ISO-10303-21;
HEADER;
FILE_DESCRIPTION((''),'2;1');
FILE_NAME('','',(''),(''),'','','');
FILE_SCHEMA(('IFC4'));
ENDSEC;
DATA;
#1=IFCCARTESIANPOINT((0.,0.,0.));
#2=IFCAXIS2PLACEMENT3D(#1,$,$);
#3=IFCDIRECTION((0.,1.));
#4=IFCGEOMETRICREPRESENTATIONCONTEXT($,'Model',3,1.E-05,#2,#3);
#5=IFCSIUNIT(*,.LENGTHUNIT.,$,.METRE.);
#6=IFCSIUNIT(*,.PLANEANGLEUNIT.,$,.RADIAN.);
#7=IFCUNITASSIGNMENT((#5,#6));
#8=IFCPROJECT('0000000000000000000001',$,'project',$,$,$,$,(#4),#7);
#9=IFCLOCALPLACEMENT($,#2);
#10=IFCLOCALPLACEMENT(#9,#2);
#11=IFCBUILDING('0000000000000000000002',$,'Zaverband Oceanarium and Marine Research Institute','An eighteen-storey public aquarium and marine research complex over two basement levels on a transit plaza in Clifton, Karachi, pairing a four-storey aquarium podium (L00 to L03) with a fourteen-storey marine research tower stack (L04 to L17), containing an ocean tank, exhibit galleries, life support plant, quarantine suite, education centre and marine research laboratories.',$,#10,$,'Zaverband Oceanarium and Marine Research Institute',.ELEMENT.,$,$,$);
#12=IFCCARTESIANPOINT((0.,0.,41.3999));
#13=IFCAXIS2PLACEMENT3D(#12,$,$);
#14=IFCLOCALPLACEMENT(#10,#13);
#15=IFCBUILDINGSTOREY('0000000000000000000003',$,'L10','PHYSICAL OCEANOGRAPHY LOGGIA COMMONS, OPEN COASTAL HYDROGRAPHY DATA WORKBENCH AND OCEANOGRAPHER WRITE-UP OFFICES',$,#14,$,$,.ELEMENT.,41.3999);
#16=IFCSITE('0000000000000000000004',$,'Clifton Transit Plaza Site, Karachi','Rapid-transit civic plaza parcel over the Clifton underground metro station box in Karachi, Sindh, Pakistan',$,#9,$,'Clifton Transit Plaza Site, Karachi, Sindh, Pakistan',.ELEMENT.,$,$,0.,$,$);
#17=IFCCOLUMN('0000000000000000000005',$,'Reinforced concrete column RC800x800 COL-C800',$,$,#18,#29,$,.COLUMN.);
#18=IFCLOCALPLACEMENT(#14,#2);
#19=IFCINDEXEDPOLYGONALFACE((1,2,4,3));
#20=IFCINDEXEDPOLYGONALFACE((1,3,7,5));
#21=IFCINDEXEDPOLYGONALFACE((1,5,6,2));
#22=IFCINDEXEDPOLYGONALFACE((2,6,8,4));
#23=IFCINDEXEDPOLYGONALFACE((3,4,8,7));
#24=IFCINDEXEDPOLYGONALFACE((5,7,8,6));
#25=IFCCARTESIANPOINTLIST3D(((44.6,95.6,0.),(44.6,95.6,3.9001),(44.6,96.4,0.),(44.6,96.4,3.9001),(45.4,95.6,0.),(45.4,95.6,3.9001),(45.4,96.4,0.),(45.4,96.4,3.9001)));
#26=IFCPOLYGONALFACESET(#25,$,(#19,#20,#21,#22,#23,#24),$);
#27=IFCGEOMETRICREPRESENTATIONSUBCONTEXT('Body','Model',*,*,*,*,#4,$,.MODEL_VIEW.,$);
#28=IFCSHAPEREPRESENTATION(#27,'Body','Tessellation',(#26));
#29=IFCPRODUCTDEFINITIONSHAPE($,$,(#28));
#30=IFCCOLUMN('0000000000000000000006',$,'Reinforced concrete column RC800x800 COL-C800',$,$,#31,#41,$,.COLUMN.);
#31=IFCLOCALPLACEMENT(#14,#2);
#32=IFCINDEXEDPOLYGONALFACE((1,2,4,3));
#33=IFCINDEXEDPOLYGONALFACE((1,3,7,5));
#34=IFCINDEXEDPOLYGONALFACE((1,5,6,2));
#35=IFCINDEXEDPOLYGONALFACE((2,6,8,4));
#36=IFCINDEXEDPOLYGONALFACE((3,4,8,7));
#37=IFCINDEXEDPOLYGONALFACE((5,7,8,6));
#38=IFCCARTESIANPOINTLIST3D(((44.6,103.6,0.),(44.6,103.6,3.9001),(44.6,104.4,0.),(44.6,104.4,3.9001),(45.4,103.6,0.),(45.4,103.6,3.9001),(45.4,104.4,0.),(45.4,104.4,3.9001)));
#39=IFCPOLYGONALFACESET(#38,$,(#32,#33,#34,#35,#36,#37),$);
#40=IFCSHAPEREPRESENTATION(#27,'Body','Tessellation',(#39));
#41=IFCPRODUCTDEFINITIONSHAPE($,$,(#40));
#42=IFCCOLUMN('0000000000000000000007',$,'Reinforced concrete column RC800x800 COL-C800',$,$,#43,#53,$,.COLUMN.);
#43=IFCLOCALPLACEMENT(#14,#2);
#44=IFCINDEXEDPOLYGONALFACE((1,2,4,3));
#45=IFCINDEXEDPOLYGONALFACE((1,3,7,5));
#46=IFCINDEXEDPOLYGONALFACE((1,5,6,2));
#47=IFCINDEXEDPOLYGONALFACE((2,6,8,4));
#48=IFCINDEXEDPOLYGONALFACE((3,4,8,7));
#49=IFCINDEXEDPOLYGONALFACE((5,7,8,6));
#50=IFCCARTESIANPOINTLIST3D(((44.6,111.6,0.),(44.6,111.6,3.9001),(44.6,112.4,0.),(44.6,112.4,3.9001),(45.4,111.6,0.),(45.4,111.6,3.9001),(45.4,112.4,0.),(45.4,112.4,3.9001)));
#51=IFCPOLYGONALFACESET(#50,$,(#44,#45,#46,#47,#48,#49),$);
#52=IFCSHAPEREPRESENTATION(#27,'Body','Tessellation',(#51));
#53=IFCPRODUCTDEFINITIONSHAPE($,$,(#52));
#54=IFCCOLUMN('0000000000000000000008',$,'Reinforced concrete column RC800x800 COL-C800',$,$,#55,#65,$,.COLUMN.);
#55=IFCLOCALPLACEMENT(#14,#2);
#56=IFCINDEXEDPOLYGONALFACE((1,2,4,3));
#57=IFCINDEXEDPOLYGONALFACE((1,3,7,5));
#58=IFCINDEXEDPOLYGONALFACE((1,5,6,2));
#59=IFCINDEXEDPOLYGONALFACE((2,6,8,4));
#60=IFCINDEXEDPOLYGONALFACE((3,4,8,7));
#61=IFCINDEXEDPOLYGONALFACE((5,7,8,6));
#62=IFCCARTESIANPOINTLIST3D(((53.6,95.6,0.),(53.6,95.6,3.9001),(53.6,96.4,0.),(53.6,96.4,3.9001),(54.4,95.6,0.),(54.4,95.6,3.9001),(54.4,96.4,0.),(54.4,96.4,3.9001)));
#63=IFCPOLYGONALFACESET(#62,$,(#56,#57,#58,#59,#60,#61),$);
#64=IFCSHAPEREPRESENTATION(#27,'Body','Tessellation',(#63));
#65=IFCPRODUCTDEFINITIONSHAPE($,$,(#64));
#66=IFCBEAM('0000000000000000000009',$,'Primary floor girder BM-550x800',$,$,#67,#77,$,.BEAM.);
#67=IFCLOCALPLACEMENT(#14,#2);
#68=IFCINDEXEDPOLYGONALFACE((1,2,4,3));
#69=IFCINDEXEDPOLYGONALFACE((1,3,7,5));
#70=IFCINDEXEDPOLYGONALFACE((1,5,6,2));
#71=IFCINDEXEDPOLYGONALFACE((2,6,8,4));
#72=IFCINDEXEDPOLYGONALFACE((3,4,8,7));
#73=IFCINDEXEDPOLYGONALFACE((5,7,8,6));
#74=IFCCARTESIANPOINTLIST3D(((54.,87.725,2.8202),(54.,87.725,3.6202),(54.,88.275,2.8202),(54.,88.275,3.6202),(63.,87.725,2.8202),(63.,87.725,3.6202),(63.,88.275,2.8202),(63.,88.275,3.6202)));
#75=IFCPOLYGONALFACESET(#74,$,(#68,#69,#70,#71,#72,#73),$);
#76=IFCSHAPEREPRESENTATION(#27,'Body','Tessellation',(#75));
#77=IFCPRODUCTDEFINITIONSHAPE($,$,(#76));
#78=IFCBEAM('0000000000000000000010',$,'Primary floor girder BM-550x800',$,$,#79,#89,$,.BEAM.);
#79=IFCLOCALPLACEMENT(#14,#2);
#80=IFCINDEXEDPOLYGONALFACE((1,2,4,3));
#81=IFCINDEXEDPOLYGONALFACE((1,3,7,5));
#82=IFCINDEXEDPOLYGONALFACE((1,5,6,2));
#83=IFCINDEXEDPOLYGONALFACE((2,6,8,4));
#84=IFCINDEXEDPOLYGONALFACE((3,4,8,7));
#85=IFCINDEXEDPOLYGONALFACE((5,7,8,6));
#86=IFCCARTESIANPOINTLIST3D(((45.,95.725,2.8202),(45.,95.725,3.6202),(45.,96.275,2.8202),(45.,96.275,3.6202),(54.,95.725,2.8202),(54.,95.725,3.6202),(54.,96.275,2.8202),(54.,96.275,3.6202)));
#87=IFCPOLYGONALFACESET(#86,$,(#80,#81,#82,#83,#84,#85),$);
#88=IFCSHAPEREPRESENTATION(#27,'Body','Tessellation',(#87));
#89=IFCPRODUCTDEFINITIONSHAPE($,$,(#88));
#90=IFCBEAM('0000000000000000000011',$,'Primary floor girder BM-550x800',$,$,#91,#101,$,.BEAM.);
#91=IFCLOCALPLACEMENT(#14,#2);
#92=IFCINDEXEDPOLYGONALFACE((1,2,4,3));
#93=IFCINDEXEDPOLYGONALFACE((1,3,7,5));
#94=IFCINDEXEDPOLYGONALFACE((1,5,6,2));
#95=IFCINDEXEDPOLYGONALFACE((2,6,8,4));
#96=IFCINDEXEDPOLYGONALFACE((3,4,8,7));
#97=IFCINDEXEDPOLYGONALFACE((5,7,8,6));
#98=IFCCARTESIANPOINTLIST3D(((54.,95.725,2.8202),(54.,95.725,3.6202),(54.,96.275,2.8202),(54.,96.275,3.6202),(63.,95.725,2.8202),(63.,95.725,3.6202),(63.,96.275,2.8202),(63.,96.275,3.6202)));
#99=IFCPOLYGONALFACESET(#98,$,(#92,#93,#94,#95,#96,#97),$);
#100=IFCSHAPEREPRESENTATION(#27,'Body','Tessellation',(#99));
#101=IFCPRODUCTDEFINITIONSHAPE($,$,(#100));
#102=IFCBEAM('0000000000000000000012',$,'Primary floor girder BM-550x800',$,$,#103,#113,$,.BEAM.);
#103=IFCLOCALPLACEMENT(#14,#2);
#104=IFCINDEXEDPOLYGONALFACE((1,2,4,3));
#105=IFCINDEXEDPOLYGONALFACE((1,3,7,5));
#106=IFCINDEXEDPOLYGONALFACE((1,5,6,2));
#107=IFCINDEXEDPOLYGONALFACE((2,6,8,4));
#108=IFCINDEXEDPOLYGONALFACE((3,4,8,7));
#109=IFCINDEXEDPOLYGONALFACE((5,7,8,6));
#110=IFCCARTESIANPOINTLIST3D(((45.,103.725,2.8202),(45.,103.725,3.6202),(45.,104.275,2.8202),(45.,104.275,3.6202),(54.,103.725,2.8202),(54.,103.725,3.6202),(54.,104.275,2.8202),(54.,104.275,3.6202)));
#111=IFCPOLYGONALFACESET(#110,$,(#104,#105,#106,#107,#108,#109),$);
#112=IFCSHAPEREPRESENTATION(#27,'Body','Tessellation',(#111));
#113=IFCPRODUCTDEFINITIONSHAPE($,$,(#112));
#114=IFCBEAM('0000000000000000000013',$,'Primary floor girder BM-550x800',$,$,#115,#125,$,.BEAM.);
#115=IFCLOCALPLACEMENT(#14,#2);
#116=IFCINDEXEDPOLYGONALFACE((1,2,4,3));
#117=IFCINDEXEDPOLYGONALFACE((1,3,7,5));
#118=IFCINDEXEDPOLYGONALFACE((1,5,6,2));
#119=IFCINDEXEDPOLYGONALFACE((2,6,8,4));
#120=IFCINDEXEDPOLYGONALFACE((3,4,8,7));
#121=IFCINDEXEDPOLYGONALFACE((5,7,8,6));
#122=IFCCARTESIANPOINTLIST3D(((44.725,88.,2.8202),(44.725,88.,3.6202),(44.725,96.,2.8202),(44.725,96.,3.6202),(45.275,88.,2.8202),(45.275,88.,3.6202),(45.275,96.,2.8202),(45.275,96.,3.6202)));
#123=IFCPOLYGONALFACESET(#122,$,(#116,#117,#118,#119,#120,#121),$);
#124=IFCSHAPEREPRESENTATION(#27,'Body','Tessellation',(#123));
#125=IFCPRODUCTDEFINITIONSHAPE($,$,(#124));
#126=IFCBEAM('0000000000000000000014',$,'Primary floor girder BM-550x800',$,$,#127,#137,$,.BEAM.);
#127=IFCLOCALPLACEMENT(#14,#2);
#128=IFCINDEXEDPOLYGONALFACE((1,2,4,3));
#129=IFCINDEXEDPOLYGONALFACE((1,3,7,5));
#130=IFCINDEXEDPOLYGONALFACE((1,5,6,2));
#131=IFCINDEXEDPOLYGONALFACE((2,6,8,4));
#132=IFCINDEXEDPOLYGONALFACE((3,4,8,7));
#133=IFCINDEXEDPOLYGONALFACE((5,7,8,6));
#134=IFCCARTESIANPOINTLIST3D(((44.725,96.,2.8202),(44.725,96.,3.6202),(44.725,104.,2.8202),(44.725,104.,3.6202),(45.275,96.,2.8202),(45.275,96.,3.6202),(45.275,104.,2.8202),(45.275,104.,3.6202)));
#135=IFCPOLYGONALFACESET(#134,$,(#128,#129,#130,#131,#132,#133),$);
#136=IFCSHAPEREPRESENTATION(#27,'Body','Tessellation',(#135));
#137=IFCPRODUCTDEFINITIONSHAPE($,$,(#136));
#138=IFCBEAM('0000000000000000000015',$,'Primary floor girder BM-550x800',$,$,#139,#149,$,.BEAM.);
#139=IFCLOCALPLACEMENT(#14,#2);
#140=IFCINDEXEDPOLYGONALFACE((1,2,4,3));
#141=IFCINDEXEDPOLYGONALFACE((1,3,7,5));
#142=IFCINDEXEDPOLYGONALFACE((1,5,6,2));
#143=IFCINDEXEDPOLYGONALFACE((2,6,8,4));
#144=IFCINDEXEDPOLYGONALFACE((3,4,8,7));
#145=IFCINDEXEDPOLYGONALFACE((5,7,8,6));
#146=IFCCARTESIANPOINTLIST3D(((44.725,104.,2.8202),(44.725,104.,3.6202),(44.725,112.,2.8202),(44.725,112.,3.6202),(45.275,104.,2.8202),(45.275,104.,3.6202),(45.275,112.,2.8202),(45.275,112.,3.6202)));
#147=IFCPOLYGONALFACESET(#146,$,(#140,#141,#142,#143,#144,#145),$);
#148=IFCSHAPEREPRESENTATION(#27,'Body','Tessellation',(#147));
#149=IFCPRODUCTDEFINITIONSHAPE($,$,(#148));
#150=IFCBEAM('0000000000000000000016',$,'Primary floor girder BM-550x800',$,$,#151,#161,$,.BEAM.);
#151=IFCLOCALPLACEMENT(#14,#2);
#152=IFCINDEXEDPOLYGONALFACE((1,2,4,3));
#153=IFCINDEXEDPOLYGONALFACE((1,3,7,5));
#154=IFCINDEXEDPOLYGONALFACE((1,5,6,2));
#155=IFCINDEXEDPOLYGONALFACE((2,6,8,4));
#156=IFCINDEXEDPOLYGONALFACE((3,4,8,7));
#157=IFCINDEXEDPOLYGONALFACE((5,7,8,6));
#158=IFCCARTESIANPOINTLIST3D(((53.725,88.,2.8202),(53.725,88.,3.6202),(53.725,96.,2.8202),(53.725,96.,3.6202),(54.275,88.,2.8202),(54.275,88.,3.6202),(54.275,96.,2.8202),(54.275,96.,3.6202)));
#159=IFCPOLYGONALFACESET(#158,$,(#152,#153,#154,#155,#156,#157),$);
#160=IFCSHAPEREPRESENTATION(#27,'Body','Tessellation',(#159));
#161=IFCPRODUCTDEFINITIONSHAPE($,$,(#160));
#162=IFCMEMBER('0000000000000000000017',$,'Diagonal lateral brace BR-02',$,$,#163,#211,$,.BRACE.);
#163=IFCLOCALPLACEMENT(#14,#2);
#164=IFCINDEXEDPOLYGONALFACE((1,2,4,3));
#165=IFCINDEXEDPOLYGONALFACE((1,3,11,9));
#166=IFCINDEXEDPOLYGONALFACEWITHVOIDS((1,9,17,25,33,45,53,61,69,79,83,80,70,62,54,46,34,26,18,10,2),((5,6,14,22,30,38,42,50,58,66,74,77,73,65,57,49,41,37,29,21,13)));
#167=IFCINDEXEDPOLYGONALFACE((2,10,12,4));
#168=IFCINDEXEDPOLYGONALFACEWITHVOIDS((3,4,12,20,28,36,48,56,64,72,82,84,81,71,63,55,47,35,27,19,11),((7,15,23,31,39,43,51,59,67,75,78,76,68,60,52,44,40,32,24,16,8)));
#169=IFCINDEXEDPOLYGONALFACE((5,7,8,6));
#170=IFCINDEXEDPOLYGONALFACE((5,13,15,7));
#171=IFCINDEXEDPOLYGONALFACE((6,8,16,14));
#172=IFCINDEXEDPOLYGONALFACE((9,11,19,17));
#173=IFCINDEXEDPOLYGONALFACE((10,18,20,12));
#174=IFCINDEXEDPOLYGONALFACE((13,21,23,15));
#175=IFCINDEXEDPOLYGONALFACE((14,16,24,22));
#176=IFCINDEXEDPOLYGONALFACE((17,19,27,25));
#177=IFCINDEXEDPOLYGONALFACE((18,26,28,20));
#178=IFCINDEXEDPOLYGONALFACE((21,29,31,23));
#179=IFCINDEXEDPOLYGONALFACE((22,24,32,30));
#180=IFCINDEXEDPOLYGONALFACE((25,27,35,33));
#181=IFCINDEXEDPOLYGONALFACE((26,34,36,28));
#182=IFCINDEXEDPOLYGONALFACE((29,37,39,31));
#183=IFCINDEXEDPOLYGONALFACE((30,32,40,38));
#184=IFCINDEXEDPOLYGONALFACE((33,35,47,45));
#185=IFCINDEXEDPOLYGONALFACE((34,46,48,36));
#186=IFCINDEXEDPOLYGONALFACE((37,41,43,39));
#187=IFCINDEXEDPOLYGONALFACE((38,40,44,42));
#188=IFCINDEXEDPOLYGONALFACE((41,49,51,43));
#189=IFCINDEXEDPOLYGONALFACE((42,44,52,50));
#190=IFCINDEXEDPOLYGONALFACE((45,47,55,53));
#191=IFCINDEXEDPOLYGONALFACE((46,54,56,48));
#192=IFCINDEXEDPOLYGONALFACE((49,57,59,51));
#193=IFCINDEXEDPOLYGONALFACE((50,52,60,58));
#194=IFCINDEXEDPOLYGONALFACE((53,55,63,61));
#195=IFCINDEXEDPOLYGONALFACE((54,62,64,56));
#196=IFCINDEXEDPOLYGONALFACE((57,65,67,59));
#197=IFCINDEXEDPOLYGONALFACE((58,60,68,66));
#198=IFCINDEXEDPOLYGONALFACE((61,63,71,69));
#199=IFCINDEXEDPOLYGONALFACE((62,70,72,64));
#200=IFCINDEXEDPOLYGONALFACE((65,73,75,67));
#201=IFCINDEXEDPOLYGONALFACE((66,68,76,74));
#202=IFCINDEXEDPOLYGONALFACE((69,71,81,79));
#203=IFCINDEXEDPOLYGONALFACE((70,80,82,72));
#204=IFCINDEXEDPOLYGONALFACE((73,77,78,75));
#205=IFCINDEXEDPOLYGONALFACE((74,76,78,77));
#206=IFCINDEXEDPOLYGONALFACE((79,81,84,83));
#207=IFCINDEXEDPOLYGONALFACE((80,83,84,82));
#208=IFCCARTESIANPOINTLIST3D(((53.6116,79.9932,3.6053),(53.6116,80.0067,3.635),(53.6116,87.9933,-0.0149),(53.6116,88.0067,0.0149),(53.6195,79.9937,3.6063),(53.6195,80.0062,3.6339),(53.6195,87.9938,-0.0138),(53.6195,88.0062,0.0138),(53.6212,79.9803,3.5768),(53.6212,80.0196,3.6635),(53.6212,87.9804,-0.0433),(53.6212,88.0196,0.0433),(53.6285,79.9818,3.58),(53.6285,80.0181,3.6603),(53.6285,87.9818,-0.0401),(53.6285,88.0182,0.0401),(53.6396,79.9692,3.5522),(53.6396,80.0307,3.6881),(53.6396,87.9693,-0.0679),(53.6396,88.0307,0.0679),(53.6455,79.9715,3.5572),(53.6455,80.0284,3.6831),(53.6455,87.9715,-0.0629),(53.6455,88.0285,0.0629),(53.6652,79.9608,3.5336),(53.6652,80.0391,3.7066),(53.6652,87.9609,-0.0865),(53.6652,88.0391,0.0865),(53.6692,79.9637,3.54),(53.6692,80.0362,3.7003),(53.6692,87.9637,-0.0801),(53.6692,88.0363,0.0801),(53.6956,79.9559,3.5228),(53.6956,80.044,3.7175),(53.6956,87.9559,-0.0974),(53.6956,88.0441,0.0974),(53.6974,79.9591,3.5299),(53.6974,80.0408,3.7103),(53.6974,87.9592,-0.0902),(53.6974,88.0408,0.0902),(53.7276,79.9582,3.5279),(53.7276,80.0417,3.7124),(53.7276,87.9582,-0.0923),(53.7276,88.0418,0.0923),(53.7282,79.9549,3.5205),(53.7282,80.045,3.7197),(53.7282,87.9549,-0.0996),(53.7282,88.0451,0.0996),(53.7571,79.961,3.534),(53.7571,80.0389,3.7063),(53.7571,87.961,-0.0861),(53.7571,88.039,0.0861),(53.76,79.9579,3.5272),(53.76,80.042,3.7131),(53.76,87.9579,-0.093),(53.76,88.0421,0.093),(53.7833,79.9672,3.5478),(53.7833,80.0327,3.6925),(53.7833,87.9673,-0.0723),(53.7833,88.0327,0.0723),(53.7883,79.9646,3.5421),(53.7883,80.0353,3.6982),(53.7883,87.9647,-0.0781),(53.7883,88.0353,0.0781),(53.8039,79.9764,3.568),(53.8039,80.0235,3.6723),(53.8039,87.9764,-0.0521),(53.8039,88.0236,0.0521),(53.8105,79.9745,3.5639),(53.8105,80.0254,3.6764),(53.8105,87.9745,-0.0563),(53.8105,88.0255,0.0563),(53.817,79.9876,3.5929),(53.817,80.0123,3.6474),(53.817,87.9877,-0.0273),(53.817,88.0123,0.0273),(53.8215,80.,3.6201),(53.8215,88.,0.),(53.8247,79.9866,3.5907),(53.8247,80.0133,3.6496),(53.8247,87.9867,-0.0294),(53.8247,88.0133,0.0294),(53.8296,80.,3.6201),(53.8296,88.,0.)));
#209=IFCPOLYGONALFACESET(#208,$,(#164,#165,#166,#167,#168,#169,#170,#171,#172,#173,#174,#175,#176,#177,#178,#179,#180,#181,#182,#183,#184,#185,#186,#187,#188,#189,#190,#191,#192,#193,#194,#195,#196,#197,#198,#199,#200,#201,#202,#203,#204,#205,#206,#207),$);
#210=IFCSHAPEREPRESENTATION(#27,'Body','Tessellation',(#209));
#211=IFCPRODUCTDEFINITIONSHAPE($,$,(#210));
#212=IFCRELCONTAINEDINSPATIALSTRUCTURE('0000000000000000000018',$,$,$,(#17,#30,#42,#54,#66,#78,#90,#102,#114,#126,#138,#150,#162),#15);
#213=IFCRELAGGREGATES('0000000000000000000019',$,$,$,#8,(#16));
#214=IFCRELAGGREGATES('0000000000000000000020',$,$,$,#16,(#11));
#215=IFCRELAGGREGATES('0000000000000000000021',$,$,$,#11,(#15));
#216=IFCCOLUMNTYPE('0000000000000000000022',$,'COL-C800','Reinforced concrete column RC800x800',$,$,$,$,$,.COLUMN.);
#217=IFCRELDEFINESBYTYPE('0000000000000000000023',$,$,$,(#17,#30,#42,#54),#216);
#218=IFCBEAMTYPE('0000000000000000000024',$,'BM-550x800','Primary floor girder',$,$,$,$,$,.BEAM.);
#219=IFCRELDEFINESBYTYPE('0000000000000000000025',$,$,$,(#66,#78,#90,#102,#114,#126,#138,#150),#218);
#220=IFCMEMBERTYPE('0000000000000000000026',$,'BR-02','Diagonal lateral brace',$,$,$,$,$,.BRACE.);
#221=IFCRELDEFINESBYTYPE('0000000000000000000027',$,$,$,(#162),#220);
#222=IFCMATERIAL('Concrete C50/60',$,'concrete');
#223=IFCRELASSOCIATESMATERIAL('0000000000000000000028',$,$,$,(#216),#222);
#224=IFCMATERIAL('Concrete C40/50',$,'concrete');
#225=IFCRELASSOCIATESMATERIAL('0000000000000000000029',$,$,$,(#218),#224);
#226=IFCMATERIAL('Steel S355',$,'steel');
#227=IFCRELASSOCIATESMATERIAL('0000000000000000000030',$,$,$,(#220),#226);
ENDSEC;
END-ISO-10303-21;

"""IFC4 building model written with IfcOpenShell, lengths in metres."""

from ifc_helpers import new_model, si_unit, direction, frame, origin, origin_2d, place, context, subcontext, project, spatial, rectangle, hollow_circle, extrude, material, material_profile, profile_set, type_object, element, save


model = new_model("IFC4")

# Units and contexts
model_context = context("Model", 3, precision=1e-05, world=origin(), true_north=direction((0.0, 1.0)))
body_context = subcontext(model_context, "Body", "Model", "MODEL_VIEW")
ifc_project = project(units=[si_unit("LENGTHUNIT", "METRE"), si_unit("PLANEANGLEUNIT", "RADIAN")], contexts=[model_context])

# Site, building, storey
site_placement = place(None, origin())
site = spatial("IfcSite", under=ifc_project, at=site_placement, Name="Clifton Transit Plaza Site, Karachi", Description="Rapid-transit civic plaza parcel over the Clifton underground metro station box in Karachi, Sindh, Pakistan", LongName="Clifton Transit Plaza Site, Karachi, Sindh, Pakistan", CompositionType="ELEMENT", RefElevation=0.0)
building_placement = place(site_placement, origin())
building = spatial("IfcBuilding", under=site, at=building_placement, Name="Zaverband Oceanarium and Marine Research Institute", Description="An eighteen-storey public aquarium and marine research complex over two basement levels on a transit plaza in Clifton, Karachi, pairing a four-storey aquarium podium (L00 to L03) with a fourteen-storey marine research tower stack (L04 to L17), containing an ocean tank, exhibit galleries, life support plant, quarantine suite, education centre and marine research laboratories.", LongName="Zaverband Oceanarium and Marine Research Institute", CompositionType="ELEMENT")
storey_placement = place(building_placement, frame((0.0, 0.0, 41.3999)))
storey = spatial("IfcBuildingStorey", under=building, at=storey_placement, Name="L10", Description="PHYSICAL OCEANOGRAPHY LOGGIA COMMONS, OPEN COASTAL HYDROGRAPHY DATA WORKBENCH AND OCEANOGRAPHER WRITE-UP OFFICES", CompositionType="ELEMENT", Elevation=41.3999)

# Columns
ifc_material_1 = material(Name="Concrete C50/60", Category="concrete")
ifc_material_profile_1 = material_profile(ifc_material_1, rectangle(XDim=0.8, YDim=0.8, at=origin_2d()), Name="RC800x800")
ifc_profile_set_1 = profile_set([ifc_material_profile_1], Name="Concrete C50/60")
column_type = type_object("IfcColumnType", Name="COL-C800", Description="Reinforced concrete column RC800x800", PredefinedType="COLUMN", material=ifc_profile_set_1)
for number, where, z_axis, x_axis, name in (
    (1, (45.0, 96.0, 0.0), (0.0, 0.0, 1.0), (1.0, 0.0, 0.0), "Reinforced concrete column RC800x800 COL-C800"),
    (2, (45.0, 104.0, 0.0), (0.0, 0.0, 1.0), (1.0, 0.0, 0.0), "Reinforced concrete column RC800x800 COL-C800"),
    (3, (45.0, 112.0, 0.0), (0.0, 0.0, 1.0), (1.0, 0.0, 0.0), "Reinforced concrete column RC800x800 COL-C800"),
    (4, (54.0, 96.0, 0.0), (0.0, 0.0, 1.0), (1.0, 0.0, 0.0), "Reinforced concrete column RC800x800 COL-C800"),
):
    element("IfcColumn", number, at=place(storey_placement, frame(where, z_axis=z_axis, x_axis=x_axis)), inside=storey, type_object=column_type, Name=name, PredefinedType="COLUMN", context=body_context, shape_type="SweptSolid", body=[
        extrude(rectangle(XDim=0.8, YDim=0.8, at=origin_2d()), origin(), (0.0, 0.0, 1.0), 3.9001),
    ])

# Beams
ifc_material_2 = material(Name="Concrete C40/50", Category="concrete")
ifc_material_profile_2 = material_profile(ifc_material_2, rectangle(XDim=0.55, YDim=0.8, at=origin_2d()), Name="RC550x800")
ifc_profile_set_2 = profile_set([ifc_material_profile_2], Name="Concrete C40/50")
beam_type_1 = type_object("IfcBeamType", Name="BM-550x800", Description="Primary floor girder", PredefinedType="BEAM", material=ifc_profile_set_2)
for number, where, z_axis, x_axis, name in (
    (5, (54.0, 88.0, 3.2202), (1.0, 0.0, 0.0), (0.0, 1.0, 0.0), "Primary floor girder BM-550x800"),
    (6, (45.0, 96.0, 3.2202), (1.0, 0.0, 0.0), (0.0, 1.0, 0.0), "Primary floor girder BM-550x800"),
    (7, (54.0, 96.0, 3.2202), (1.0, 0.0, 0.0), (0.0, 1.0, 0.0), "Primary floor girder BM-550x800"),
    (8, (45.0, 104.0, 3.2202), (1.0, 0.0, 0.0), (0.0, 1.0, 0.0), "Primary floor girder BM-550x800"),
):
    element("IfcBeam", number, at=place(storey_placement, frame(where, z_axis=z_axis, x_axis=x_axis)), inside=storey, type_object=beam_type_1, Name=name, PredefinedType="BEAM", context=body_context, shape_type="SweptSolid", body=[
        extrude(rectangle(XDim=0.55, YDim=0.8, at=origin_2d()), origin(), (0.0, 0.0, 1.0), 9.0),
    ])
for number, where, z_axis, x_axis, name in (
    (9, (45.0, 88.0, 3.2202), (0.0, 1.0, 0.0), (-1.0, 0.0, 0.0), "Primary floor girder BM-550x800"),
    (10, (45.0, 96.0, 3.2202), (0.0, 1.0, 0.0), (-1.0, 0.0, 0.0), "Primary floor girder BM-550x800"),
    (11, (45.0, 104.0, 3.2202), (0.0, 1.0, 0.0), (-1.0, 0.0, 0.0), "Primary floor girder BM-550x800"),
    (12, (54.0, 88.0, 3.2202), (0.0, 1.0, 0.0), (-1.0, 0.0, 0.0), "Primary floor girder BM-550x800"),
):
    element("IfcBeam", number, at=place(storey_placement, frame(where, z_axis=z_axis, x_axis=x_axis)), inside=storey, type_object=beam_type_1, Name=name, PredefinedType="BEAM", context=body_context, shape_type="SweptSolid", body=[
        extrude(rectangle(XDim=0.55, YDim=0.8, at=origin_2d()), origin(), (0.0, 0.0, 1.0), 8.0),
    ])

# Member
ifc_material_3 = material(Name="Steel S355", Category="steel")
ifc_material_profile_3 = material_profile(ifc_material_3, hollow_circle(Radius=0.1096, WallThickness=0.0081, at=origin_2d()), Name="CHS219x8")
ifc_profile_set_3 = profile_set([ifc_material_profile_3], Name="Steel S355")
member_type = type_object("IfcMemberType", Name="BR-02", Description="Diagonal lateral brace", PredefinedType="BRACE", material=ifc_profile_set_3)
member_placement = place(storey_placement, frame((53.72, 88.0, 0.0), z_axis=(0.0, -0.911062, 0.412269), x_axis=(1.0, 0.0, 0.0)))
element("IfcMember", 13, at=member_placement, inside=storey, type_object=member_type, Name="Diagonal lateral brace BR-02", PredefinedType="BRACE", context=body_context, shape_type="SweptSolid", body=[
    extrude(hollow_circle(Radius=0.1096, WallThickness=0.0081, at=origin_2d()), origin(), (0.0, 0.0, 1.0), 8.781),
])

save(model, "model.ifc")
